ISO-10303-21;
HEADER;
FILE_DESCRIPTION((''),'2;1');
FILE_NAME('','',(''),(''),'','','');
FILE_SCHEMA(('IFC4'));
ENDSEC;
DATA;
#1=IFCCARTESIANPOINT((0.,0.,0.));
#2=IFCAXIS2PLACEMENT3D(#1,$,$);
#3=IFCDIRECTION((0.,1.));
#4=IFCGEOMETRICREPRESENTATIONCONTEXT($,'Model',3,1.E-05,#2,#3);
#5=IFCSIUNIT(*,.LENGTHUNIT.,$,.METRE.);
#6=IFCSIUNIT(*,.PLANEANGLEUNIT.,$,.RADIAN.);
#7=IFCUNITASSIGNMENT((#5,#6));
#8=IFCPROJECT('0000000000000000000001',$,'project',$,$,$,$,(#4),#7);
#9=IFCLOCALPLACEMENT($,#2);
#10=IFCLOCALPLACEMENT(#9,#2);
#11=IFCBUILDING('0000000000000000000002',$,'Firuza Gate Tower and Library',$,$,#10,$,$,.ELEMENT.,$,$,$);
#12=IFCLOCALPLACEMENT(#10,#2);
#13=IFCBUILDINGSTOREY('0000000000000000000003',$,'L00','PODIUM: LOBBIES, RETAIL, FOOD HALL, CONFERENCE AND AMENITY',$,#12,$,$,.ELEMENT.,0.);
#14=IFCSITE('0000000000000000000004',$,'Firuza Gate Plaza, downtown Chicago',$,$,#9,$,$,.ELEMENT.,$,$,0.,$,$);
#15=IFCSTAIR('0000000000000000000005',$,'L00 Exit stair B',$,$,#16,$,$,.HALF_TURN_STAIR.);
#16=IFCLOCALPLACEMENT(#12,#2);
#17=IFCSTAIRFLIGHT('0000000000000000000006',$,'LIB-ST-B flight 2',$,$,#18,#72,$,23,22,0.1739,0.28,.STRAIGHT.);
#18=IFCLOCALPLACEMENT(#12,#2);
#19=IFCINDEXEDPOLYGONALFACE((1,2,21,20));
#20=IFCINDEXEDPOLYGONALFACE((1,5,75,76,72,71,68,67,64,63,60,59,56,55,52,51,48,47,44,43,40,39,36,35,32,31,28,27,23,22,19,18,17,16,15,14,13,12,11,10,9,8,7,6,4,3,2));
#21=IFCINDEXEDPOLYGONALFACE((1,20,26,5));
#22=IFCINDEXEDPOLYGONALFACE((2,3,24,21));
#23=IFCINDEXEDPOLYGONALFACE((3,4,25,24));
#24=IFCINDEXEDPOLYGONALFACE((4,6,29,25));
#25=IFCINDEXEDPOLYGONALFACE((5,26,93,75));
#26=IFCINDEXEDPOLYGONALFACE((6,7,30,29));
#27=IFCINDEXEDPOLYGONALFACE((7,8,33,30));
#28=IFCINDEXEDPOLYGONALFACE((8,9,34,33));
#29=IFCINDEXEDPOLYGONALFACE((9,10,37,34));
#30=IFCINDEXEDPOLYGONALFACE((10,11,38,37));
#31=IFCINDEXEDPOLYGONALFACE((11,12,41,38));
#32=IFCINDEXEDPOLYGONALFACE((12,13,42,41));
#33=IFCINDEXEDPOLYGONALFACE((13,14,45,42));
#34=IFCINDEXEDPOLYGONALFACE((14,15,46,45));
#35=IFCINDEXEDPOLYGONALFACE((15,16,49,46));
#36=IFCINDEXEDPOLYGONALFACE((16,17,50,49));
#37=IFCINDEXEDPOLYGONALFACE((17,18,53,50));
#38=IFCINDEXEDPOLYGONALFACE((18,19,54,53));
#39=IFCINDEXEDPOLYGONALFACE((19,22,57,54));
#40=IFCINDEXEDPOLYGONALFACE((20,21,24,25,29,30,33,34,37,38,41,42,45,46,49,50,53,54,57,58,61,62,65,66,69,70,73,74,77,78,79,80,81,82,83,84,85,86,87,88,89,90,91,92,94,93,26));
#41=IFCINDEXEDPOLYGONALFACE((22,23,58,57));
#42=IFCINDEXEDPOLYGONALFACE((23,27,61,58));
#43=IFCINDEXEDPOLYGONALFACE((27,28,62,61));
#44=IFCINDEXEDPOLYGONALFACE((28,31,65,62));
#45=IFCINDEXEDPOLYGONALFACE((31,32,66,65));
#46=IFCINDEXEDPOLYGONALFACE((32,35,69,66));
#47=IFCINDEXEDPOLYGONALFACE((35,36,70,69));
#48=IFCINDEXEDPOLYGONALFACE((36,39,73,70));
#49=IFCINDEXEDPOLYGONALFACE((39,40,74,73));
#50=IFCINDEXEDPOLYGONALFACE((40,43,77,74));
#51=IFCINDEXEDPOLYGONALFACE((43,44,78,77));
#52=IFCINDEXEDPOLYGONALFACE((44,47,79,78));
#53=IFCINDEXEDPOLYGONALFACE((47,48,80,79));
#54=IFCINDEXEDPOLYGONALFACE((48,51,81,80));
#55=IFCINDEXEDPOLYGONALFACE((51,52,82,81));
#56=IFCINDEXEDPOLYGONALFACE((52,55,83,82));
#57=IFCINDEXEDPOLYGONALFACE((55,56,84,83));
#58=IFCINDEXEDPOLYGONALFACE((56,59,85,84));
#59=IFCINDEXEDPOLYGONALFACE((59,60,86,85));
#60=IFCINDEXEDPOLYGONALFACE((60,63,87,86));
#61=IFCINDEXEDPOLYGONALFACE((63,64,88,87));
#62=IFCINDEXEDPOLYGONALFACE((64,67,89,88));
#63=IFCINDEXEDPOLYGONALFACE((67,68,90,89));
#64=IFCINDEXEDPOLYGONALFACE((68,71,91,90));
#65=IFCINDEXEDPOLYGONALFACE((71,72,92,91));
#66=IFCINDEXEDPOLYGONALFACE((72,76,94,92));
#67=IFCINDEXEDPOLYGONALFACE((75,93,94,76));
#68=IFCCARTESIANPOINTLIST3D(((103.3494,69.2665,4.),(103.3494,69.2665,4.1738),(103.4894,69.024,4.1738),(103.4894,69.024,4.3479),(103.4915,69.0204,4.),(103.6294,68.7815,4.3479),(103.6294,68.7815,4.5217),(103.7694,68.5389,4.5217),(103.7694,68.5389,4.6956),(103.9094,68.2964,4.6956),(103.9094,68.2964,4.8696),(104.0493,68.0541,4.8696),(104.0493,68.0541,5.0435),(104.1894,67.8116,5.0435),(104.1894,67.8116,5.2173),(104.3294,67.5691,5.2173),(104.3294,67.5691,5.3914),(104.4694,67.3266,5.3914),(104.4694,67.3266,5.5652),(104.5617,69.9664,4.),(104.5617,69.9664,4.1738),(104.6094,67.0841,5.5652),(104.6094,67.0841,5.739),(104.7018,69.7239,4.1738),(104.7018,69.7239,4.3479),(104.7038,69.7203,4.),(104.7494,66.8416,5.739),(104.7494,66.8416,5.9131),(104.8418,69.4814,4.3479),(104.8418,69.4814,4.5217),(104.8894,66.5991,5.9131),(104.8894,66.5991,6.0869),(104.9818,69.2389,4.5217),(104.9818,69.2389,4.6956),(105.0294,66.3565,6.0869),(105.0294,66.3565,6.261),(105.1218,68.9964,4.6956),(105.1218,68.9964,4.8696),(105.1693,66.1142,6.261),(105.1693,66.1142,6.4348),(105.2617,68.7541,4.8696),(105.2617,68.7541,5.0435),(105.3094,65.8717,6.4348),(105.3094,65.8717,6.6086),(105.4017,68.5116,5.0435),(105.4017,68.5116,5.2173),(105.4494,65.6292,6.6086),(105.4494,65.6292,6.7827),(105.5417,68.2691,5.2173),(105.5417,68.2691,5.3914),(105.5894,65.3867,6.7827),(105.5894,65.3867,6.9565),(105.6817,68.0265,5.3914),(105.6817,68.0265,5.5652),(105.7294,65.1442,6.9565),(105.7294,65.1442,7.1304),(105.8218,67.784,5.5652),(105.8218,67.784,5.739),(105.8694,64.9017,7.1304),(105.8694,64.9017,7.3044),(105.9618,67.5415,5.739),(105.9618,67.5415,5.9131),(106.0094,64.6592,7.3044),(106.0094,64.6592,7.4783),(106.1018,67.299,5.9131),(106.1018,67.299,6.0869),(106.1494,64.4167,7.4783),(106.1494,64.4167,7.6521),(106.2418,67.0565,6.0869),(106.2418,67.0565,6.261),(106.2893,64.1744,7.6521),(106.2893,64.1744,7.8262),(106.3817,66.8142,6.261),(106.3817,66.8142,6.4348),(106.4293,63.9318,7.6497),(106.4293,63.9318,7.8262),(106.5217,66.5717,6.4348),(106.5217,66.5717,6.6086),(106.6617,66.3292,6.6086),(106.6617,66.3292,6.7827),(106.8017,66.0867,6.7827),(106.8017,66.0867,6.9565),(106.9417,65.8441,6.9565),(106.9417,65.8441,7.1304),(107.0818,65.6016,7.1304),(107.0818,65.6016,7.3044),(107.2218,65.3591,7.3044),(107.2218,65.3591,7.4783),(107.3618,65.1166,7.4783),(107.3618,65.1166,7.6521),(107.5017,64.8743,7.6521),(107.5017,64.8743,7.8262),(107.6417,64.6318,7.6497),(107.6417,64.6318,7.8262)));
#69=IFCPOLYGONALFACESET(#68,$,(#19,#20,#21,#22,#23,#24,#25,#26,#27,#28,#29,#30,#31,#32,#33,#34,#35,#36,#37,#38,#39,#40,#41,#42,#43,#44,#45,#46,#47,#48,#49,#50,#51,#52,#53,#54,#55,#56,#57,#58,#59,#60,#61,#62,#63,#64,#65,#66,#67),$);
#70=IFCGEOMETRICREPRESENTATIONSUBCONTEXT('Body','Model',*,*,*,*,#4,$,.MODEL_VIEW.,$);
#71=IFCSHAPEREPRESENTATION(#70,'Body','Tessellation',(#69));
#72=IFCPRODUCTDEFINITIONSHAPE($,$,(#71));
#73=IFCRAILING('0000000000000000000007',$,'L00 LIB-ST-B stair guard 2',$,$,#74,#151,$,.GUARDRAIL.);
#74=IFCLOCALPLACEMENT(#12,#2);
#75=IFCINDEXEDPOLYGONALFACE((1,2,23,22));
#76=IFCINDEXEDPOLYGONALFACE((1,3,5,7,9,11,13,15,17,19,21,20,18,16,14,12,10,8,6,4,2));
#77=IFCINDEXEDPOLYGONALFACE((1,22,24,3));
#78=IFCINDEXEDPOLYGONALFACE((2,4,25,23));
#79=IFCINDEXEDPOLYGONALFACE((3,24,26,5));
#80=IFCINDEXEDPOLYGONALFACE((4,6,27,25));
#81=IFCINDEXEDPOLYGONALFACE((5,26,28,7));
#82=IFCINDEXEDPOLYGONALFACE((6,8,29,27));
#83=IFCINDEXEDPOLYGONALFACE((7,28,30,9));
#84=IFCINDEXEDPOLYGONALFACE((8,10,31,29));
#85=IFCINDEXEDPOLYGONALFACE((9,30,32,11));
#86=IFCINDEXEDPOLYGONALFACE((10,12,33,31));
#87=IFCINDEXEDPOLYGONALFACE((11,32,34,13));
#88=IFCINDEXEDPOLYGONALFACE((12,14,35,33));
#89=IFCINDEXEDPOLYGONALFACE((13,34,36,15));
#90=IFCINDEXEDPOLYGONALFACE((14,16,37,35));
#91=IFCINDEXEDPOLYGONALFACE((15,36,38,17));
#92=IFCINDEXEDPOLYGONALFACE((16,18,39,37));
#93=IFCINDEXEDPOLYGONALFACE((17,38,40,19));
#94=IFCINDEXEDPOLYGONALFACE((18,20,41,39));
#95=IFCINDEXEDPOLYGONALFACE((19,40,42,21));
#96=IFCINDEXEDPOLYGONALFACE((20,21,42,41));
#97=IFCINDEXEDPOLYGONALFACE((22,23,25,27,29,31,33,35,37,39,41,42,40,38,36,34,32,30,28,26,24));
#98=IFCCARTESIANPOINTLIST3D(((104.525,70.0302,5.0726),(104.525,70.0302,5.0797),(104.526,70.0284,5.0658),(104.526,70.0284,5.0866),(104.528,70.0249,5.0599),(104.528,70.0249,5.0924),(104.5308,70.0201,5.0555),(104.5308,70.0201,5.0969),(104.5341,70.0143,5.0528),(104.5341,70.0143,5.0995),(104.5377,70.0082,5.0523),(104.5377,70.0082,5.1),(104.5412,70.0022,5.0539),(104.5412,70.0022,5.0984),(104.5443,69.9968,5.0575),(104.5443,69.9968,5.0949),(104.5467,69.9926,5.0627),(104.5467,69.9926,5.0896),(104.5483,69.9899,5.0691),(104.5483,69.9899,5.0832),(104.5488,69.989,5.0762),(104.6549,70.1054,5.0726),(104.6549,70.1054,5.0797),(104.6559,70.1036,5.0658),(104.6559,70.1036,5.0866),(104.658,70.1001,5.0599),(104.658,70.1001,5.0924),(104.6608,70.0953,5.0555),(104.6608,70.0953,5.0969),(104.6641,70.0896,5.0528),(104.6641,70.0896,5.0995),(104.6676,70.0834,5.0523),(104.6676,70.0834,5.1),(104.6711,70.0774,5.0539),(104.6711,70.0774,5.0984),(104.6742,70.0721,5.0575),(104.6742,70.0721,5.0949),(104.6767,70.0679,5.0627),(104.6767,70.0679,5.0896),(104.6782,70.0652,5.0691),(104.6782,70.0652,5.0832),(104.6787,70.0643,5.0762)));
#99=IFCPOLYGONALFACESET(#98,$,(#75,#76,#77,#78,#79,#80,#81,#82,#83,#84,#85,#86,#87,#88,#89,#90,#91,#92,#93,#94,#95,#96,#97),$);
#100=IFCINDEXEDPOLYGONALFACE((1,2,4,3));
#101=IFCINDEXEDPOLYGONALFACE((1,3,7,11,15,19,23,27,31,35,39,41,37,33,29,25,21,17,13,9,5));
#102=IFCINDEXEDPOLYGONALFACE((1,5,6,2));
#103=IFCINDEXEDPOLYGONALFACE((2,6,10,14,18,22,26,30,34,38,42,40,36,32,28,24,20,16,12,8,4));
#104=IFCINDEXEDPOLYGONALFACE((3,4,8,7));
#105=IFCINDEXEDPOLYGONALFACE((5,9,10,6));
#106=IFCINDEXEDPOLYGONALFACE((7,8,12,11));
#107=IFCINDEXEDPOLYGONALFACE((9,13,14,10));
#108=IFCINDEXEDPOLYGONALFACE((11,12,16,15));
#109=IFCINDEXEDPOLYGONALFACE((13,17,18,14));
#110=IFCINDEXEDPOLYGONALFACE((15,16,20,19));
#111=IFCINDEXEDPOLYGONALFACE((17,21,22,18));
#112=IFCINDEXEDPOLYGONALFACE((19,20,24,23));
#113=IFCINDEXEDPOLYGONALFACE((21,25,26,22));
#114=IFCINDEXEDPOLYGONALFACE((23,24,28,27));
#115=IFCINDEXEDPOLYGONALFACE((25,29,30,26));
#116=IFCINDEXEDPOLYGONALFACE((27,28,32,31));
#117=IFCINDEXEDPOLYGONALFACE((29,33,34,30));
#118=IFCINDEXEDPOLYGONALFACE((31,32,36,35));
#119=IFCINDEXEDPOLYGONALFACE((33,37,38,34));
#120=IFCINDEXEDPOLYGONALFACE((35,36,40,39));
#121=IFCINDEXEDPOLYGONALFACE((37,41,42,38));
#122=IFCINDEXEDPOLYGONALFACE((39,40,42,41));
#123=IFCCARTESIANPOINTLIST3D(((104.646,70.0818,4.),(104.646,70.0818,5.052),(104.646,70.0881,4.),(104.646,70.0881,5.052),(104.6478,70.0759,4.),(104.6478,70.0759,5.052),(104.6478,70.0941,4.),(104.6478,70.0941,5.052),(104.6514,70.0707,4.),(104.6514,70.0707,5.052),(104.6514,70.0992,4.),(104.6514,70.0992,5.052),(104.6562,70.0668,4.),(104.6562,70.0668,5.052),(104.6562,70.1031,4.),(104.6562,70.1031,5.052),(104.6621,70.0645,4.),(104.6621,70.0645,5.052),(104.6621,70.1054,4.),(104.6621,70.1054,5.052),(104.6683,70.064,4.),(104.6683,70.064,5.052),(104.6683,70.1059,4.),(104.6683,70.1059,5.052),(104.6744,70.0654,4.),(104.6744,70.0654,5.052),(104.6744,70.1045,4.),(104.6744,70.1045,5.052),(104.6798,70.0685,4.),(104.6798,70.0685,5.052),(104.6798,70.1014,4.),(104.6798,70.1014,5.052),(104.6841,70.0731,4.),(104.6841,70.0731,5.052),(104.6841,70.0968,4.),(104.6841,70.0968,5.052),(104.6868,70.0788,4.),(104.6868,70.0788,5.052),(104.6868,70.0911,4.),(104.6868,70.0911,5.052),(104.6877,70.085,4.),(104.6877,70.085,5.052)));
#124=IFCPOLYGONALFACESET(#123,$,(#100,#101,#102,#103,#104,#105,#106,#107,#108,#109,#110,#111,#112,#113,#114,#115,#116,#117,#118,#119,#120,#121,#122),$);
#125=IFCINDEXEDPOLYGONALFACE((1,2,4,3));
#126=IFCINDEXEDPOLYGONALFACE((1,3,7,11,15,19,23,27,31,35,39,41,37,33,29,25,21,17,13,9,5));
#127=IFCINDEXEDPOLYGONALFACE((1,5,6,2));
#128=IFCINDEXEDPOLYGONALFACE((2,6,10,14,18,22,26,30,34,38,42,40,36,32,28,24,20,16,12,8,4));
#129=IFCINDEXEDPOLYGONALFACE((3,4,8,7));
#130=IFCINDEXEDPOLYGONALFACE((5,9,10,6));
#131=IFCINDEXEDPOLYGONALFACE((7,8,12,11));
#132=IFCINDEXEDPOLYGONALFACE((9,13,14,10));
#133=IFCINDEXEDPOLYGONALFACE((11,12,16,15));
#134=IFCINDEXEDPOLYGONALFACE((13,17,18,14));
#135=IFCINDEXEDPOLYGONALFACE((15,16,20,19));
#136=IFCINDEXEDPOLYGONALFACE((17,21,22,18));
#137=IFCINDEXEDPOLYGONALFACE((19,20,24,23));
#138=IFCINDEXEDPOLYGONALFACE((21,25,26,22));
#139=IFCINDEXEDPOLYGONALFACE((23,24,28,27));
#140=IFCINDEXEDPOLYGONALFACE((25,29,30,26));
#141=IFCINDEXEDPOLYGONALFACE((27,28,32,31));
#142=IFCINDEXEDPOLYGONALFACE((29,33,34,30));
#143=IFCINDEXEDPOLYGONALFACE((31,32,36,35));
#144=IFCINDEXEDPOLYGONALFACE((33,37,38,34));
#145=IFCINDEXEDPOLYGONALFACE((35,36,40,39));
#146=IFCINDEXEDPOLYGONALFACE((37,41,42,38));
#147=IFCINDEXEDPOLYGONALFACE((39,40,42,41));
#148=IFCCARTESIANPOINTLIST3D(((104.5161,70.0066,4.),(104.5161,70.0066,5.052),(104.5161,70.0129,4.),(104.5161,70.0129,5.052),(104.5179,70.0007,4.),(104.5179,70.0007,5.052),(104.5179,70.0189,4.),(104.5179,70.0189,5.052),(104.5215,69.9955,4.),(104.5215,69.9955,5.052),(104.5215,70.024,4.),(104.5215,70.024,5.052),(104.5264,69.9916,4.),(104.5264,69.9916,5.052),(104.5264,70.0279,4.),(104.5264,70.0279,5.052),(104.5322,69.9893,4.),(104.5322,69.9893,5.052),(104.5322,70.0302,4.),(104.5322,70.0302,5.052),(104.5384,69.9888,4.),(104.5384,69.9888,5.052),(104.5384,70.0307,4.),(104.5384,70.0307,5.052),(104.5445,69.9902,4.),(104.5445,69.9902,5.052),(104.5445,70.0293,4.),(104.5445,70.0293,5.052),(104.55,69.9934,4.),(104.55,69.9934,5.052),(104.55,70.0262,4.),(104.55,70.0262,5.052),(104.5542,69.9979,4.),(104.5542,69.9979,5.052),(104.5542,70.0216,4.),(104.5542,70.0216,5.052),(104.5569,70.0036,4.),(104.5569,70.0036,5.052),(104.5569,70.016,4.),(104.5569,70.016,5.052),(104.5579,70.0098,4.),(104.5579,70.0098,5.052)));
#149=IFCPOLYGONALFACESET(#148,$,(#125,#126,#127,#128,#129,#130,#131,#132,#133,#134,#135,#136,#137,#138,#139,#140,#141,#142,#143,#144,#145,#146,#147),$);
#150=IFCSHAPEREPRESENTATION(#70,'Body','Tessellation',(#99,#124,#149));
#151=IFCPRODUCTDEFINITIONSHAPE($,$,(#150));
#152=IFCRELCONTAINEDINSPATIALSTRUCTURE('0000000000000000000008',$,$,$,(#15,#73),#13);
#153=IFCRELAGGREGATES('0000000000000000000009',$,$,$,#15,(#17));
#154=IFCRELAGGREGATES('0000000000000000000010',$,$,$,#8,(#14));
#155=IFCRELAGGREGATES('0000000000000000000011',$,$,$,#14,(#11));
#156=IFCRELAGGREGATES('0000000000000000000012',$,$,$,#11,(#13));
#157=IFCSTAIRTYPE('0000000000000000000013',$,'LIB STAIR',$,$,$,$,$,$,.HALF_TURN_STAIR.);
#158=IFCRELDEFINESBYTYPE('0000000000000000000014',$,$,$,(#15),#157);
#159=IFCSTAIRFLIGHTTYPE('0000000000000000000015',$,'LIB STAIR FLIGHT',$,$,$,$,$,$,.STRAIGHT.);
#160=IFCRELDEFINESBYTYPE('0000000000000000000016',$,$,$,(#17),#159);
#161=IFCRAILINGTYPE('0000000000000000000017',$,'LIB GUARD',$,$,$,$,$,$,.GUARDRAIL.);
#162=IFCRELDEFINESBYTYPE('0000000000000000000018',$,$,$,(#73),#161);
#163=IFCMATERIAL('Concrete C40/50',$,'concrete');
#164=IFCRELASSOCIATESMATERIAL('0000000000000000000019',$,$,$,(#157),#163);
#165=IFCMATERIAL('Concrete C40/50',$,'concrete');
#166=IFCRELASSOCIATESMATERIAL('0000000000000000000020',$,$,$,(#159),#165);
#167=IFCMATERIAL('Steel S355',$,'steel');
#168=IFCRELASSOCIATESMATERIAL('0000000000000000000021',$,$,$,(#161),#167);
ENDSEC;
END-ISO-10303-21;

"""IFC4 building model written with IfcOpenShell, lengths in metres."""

from ifc_helpers import new_model, si_unit, direction, frame, origin, origin_2d, place, context, subcontext, project, spatial, polyline, circle, outline, extrude, material, type_object, element, aggregate, save


model = new_model("IFC4")

# Units and contexts
model_context = context("Model", 3, precision=1e-05, world=origin(), true_north=direction((0.0, 1.0)))
body_context = subcontext(model_context, "Body", "Model", "MODEL_VIEW")
ifc_project = project(units=[si_unit("LENGTHUNIT", "METRE"), si_unit("PLANEANGLEUNIT", "RADIAN")], contexts=[model_context])

# Site, building, storey
site_placement = place(None, origin())
site = spatial("IfcSite", under=ifc_project, at=site_placement, Name="Firuza Gate Plaza, downtown Chicago", CompositionType="ELEMENT", RefElevation=0.0)
building_placement = place(site_placement, origin())
building = spatial("IfcBuilding", under=site, at=building_placement, Name="Firuza Gate Tower and Library", CompositionType="ELEMENT")
storey_placement = place(building_placement, origin())
storey = spatial("IfcBuildingStorey", under=building, at=storey_placement, Name="L00", Description="PODIUM: LOBBIES, RETAIL, FOOD HALL, CONFERENCE AND AMENITY", CompositionType="ELEMENT", Elevation=0.0)

# Stair, stair flight
ifc_material_1 = material(Name="Concrete C40/50", Category="concrete")
stair_type = type_object("IfcStairType", Name="LIB STAIR", PredefinedType="HALF_TURN_STAIR", material=ifc_material_1)
stair_placement = place(storey_placement, origin())
stair = element("IfcStair", 1, at=stair_placement, inside=storey, type_object=stair_type, Name="L00 Exit stair B", PredefinedType="HALF_TURN_STAIR")
ifc_material_2 = material(Name="Concrete C40/50", Category="concrete")
stair_flight_type = type_object("IfcStairFlightType", Name="LIB STAIR FLIGHT", PredefinedType="STRAIGHT", material=ifc_material_2)
stair_flight_1_placement = place(storey_placement, frame((103.9556, 69.6165, 4.0), z_axis=(0.0, 0.0, 1.0), x_axis=(0.5, -0.866025, 0.0)))
stair_flight_1 = element("IfcStairFlight", 2, at=stair_flight_1_placement, type_object=stair_flight_type, Name="LIB-ST-B flight 2", NumberOfRisers=23, NumberOfTreads=22, PredefinedType="STRAIGHT", RiserHeight=0.1739, TreadLength=0.28, context=body_context, shape_type="SweptSolid", body=[
    extrude(outline(polyline([(0.0, 0.0), (0.0, 0.1738), (0.28, 0.1738), (0.28, 0.3479), (0.5601, 0.3479), (0.5601, 0.5217), (0.8401, 0.5217), (0.8401, 0.6956), (1.1201, 0.6956), (1.1201, 0.8696), (1.3999, 0.8696), (1.3999, 1.0435), (1.6799, 1.0435), (1.6799, 1.2173), (1.96, 1.2173), (1.96, 1.3914), (2.24, 1.3914), (2.24, 1.5652), (2.52, 1.5652), (2.52, 1.739), (2.8, 1.739), (2.8, 1.9131), (3.0801, 1.9131), (3.0801, 2.0869), (3.3601, 2.0869), (3.3601, 2.261), (3.6399, 2.261), (3.6399, 2.4348), (3.9199, 2.4348), (3.9199, 2.6086), (4.2, 2.6086), (4.2, 2.7827), (4.48, 2.7827), (4.48, 2.9565), (4.76, 2.9565), (4.76, 3.1304), (5.04, 3.1304), (5.04, 3.3044), (5.3201, 3.3044), (5.3201, 3.4783), (5.6001, 3.4783), (5.6001, 3.6521), (5.8799, 3.6521), (5.8799, 3.8262), (6.1599, 3.8262), (6.1599, 4.0), (6.1599, 3.6497), (0.2842, 0.0), (0.0, 0.0)])), frame((0.0, 0.7, 0.0), z_axis=(0.0, -1.0, 0.0), x_axis=(1.0, 0.0, 0.0)), (0.0, 0.0, 1.0), 1.3999),
])
aggregate(stair, [stair_flight_1])

# Railing
ifc_material_3 = material(Name="Steel S355", Category="steel")
railing_type_1 = type_object("IfcRailingType", Name="LIB GUARD", PredefinedType="GUARDRAIL", material=ifc_material_3)
railing_1_placement = place(storey_placement, frame((104.6667, 70.085, 4.0)))
element("IfcRailing", 3, at=railing_1_placement, inside=storey, type_object=railing_type_1, Name="L00 LIB-ST-B stair guard 2", PredefinedType="GUARDRAIL", context=body_context, shape_type="SweptSolid", body=[
    extrude(circle(Radius=0.0239, at=origin_2d()), frame((0.0, 0.0, 1.0762), z_axis=(-0.865426, -0.501036, 0.0), x_axis=(0.501036, -0.865426, 0.0)), (0.0, 0.0, 1.0), 0.1501),
    extrude(circle(Radius=0.021, at=origin_2d()), origin(), (0.0, 0.0, 1.0), 1.052),
    extrude(circle(Radius=0.021, at=origin_2d()), frame((-0.1299, -0.0752, 0.0)), (0.0, 0.0, 1.0), 1.052),
])

save(model, "model.ifc")
